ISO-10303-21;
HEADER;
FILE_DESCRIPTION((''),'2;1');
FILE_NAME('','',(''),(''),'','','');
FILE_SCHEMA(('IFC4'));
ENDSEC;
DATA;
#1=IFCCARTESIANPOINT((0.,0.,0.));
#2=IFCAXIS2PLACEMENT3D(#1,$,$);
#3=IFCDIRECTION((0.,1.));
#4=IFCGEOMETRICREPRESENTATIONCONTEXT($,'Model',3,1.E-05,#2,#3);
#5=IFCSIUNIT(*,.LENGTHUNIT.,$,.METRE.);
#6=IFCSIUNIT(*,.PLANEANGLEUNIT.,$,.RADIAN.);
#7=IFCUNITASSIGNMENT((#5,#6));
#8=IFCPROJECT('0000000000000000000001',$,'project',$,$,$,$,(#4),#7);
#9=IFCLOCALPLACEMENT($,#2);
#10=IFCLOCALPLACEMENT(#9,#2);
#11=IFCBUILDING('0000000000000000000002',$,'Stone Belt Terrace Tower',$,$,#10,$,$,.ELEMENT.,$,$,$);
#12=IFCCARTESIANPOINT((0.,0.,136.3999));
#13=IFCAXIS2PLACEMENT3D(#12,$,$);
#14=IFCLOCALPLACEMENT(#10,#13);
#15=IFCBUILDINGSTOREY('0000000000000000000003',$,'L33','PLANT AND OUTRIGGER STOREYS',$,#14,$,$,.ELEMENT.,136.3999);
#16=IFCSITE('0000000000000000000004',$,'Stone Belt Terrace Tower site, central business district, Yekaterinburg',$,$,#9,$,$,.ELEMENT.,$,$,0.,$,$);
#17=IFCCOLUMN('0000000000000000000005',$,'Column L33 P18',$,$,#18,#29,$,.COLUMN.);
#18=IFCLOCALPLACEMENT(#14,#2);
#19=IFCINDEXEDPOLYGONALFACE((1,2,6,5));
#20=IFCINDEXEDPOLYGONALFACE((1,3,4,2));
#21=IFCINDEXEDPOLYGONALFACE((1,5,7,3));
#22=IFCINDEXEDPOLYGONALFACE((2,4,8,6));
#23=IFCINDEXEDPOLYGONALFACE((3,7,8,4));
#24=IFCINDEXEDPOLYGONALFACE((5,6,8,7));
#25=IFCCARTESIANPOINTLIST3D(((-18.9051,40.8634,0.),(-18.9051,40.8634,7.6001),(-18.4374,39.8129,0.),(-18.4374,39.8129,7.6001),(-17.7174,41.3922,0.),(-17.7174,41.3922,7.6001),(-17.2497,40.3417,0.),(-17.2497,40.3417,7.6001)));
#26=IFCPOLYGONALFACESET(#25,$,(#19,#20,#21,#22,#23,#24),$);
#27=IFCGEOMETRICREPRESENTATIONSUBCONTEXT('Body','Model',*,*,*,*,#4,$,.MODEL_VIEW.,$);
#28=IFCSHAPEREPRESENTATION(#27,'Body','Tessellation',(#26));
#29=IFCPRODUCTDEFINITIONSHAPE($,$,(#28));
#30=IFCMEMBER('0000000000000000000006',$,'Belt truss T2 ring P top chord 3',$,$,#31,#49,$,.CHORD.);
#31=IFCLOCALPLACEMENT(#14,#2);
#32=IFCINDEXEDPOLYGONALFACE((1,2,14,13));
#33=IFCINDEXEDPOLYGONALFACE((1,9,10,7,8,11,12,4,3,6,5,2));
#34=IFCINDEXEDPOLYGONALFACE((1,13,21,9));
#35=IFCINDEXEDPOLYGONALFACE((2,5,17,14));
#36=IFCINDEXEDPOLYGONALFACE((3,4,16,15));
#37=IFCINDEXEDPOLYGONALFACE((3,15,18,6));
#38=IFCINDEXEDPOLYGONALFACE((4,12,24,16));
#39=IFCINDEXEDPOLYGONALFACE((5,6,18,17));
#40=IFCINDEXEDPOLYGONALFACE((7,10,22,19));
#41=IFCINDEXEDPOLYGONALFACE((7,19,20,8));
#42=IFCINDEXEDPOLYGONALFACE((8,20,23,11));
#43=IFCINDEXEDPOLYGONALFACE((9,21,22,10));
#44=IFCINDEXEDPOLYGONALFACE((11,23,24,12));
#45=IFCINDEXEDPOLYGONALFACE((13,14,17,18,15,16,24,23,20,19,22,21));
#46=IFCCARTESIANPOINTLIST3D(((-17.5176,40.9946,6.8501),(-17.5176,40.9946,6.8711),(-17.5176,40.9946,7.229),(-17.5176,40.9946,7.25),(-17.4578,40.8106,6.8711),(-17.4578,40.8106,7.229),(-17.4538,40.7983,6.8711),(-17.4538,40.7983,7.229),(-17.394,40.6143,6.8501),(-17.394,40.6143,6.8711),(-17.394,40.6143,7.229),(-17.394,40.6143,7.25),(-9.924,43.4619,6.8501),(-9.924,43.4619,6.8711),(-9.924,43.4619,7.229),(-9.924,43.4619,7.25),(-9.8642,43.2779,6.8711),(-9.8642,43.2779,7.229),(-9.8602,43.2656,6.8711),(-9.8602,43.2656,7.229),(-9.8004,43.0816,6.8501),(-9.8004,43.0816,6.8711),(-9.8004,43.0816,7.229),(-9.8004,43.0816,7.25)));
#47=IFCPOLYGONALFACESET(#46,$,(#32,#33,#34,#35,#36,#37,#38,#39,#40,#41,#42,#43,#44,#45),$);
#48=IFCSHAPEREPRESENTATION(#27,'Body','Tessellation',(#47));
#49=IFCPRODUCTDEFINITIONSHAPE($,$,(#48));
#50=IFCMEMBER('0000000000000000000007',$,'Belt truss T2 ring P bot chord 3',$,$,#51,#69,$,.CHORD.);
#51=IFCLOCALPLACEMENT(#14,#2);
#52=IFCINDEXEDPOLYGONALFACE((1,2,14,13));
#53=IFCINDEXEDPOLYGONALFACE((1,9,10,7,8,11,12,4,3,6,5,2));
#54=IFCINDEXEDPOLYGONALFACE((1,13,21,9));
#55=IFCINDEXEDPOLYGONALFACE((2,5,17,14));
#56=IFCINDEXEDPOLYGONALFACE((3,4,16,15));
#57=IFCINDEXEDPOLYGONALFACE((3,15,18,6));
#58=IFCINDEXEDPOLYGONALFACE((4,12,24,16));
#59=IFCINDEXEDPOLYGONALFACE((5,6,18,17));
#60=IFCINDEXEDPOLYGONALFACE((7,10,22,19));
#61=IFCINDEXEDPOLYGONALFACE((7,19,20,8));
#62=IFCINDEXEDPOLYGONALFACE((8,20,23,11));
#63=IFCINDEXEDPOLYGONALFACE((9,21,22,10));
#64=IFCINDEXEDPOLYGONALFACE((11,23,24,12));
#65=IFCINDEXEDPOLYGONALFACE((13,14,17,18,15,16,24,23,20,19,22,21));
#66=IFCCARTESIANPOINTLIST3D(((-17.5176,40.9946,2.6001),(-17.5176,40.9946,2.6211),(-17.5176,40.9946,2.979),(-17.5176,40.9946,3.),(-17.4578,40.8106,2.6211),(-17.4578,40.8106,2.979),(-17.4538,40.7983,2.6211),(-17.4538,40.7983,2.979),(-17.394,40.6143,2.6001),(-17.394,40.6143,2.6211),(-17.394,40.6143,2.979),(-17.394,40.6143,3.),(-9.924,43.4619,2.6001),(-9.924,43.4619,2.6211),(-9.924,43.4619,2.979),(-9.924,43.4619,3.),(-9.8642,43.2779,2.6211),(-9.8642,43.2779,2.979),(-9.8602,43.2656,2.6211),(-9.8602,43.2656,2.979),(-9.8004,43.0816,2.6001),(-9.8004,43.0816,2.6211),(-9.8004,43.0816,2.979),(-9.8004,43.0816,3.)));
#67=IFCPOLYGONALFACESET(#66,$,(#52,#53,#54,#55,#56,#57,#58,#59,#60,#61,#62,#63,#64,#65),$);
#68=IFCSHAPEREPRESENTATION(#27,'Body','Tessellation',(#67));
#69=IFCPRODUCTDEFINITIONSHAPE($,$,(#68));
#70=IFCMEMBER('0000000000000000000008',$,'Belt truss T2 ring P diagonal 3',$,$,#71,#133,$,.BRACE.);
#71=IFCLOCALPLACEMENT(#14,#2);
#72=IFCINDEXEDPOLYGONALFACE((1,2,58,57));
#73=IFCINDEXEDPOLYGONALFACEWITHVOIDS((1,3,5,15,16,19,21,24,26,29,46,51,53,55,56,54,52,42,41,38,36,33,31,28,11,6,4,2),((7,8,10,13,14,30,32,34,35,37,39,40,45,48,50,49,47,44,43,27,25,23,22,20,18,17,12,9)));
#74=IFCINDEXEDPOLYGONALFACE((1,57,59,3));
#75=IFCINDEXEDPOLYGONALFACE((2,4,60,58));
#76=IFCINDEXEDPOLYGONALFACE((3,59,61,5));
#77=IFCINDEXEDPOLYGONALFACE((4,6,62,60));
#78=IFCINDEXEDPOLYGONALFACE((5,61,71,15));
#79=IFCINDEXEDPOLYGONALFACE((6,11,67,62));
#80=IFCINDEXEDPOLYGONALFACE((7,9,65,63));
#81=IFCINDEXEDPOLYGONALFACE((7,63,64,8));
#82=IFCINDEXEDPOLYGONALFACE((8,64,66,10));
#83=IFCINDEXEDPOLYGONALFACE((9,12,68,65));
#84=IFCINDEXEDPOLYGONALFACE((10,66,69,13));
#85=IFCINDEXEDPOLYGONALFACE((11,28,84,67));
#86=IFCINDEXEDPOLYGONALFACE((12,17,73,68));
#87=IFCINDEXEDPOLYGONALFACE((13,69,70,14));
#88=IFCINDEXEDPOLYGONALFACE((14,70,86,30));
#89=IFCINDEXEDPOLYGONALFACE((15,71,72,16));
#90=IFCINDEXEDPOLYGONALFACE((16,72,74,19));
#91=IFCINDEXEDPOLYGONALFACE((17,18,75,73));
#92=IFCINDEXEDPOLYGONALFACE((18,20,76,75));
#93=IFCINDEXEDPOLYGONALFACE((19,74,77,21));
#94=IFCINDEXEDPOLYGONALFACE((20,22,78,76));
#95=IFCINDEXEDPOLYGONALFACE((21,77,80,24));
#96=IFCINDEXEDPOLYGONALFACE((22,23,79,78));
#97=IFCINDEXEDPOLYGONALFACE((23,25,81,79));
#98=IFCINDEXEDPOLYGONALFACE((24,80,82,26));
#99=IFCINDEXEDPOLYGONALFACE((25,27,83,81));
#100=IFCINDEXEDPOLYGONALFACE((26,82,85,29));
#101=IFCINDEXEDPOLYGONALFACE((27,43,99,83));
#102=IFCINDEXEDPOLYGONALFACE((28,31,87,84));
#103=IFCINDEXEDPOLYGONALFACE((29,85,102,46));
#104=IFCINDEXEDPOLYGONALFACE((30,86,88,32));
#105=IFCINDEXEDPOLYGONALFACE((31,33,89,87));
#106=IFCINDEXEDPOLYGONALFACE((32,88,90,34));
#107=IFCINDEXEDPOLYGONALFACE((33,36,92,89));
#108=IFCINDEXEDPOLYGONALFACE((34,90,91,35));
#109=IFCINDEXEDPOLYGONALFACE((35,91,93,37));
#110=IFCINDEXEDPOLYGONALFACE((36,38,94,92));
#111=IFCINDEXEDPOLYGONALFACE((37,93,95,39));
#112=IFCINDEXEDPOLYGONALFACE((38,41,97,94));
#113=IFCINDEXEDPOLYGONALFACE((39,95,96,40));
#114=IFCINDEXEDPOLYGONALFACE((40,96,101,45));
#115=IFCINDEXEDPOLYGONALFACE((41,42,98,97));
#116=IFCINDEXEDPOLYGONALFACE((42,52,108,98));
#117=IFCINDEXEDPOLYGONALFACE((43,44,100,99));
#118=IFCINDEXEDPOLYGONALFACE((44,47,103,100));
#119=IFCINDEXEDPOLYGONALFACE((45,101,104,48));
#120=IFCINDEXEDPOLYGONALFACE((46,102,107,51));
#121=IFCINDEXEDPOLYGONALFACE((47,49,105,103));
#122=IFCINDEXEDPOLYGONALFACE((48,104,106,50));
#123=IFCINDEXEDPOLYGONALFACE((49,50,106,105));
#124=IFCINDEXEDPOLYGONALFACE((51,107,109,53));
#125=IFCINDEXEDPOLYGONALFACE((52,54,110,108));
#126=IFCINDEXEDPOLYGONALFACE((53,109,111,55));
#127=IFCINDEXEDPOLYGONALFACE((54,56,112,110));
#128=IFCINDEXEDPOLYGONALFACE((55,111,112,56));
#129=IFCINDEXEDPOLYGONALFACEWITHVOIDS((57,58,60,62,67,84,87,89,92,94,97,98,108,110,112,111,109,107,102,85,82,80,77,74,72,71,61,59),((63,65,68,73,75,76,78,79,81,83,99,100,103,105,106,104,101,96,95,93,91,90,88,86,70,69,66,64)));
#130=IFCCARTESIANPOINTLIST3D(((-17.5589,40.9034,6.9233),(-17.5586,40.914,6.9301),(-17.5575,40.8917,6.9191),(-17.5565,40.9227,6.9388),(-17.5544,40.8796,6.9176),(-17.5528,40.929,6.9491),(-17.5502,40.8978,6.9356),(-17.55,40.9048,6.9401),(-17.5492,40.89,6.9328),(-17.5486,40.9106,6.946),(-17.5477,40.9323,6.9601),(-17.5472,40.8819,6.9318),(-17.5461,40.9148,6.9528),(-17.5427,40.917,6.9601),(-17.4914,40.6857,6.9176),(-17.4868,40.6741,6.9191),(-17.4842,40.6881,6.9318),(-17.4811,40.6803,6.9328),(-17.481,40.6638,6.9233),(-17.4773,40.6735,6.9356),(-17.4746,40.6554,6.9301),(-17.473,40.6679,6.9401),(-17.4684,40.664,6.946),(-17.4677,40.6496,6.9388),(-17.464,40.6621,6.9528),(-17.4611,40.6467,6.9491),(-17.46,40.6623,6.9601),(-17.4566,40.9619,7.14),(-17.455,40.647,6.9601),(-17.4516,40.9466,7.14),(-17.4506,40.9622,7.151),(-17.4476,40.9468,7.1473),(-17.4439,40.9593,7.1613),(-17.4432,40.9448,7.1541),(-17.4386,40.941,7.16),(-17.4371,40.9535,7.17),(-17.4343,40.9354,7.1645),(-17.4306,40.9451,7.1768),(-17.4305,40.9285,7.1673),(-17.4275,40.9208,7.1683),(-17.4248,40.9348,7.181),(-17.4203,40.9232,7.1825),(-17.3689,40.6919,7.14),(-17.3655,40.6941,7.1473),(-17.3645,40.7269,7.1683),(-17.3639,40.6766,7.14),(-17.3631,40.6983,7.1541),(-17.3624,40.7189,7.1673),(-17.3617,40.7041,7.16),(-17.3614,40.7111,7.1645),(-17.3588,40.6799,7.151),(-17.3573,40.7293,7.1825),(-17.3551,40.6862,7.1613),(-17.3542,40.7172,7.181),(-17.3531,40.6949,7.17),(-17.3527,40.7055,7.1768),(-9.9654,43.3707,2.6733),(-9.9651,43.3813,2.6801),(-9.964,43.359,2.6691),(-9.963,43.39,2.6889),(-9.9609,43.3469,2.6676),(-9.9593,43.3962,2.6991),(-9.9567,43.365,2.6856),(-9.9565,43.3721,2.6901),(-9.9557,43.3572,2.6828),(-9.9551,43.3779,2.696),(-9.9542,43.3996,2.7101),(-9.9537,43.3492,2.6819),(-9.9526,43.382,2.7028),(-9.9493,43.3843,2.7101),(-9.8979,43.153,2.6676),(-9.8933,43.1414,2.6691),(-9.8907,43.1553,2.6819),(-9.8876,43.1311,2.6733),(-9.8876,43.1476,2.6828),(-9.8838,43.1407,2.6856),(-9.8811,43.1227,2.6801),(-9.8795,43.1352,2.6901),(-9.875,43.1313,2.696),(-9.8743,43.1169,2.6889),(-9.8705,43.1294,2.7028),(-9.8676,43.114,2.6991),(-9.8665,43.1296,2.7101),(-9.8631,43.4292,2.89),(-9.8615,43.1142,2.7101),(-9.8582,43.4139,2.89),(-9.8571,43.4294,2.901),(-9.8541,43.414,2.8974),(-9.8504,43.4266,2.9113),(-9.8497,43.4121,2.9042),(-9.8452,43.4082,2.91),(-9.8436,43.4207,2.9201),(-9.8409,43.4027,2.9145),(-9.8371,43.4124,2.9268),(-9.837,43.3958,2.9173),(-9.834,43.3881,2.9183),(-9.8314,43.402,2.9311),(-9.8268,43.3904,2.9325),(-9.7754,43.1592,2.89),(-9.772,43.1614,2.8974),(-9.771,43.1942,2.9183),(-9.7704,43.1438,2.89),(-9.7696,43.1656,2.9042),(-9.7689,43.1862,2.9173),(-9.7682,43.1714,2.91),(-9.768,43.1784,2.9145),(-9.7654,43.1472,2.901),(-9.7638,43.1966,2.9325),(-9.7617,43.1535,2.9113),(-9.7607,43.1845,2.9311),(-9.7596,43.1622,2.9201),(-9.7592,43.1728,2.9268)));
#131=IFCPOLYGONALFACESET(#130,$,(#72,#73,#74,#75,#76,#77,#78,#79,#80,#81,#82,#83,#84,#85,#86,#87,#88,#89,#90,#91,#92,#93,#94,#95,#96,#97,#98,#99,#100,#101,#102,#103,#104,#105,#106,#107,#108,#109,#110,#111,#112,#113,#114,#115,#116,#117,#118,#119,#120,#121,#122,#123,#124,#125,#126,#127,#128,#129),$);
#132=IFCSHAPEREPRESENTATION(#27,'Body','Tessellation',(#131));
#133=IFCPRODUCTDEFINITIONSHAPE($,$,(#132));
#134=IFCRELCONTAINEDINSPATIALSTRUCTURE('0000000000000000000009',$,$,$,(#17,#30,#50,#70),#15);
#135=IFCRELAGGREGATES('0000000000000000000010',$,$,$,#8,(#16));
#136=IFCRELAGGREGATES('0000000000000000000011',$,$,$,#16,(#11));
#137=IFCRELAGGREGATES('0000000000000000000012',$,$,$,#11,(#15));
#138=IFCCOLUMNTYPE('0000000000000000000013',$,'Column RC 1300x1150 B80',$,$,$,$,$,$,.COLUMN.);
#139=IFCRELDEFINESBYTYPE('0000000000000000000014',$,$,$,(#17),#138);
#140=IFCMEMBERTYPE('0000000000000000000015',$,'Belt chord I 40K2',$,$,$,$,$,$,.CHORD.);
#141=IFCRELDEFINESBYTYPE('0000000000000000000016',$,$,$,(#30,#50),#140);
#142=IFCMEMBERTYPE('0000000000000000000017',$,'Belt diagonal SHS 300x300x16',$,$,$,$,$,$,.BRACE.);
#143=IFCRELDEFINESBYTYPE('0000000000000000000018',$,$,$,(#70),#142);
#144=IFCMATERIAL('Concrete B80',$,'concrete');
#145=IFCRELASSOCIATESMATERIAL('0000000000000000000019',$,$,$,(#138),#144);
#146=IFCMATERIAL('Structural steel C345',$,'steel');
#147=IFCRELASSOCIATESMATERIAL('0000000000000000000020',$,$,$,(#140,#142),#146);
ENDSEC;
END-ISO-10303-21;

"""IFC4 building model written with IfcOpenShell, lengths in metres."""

from ifc_helpers import new_model, si_unit, direction, frame, origin, origin_2d, place, context, subcontext, project, spatial, rectangle, hollow_rectangle, i_section, extrude, material, material_profile, profile_set, type_object, element, save


model = new_model("IFC4")

# Units and contexts
model_context = context("Model", 3, precision=1e-05, world=origin(), true_north=direction((0.0, 1.0)))
body_context = subcontext(model_context, "Body", "Model", "MODEL_VIEW")
ifc_project = project(units=[si_unit("LENGTHUNIT", "METRE"), si_unit("PLANEANGLEUNIT", "RADIAN")], contexts=[model_context])

# Site, building, storey
site_placement = place(None, origin())
site = spatial("IfcSite", under=ifc_project, at=site_placement, Name="Stone Belt Terrace Tower site, central business district, Yekaterinburg", CompositionType="ELEMENT", RefElevation=0.0)
building_placement = place(site_placement, origin())
building = spatial("IfcBuilding", under=site, at=building_placement, Name="Stone Belt Terrace Tower", CompositionType="ELEMENT")
storey_placement = place(building_placement, frame((0.0, 0.0, 136.3999)))
storey = spatial("IfcBuildingStorey", under=building, at=storey_placement, Name="L33", Description="PLANT AND OUTRIGGER STOREYS", CompositionType="ELEMENT", Elevation=136.3999)

# Column
ifc_material_1 = material(Name="Concrete B80", Category="concrete")
ifc_material_profile_1 = material_profile(ifc_material_1, rectangle(XDim=1.3, YDim=1.1499, at=origin_2d()), Name="RC 1300x1150")
ifc_profile_set_1 = profile_set([ifc_material_profile_1], Name="Concrete B80")
column_type = type_object("IfcColumnType", Name="Column RC 1300x1150 B80", PredefinedType="COLUMN", material=ifc_profile_set_1)
column_placement = place(storey_placement, frame((-18.0774, 40.6025, 0.0), z_axis=(0.0, 0.0, 1.0), x_axis=(0.913545, 0.406737, 0.0)))
element("IfcColumn", 1, at=column_placement, inside=storey, type_object=column_type, Name="Column L33 P18", PredefinedType="COLUMN", context=body_context, shape_type="SweptSolid", body=[
    extrude(rectangle(XDim=1.3, YDim=1.1499, at=origin_2d()), origin(), (0.0, 0.0, 1.0), 7.6001),
])

# Members
ifc_material_2 = material(Name="Structural steel C345", Category="steel")
ifc_material_profile_2 = material_profile(ifc_material_2, i_section(OverallWidth=0.3999, OverallDepth=0.3999, WebThickness=0.0129, FlangeThickness=0.021, at=origin_2d()), Name="I 40K2")
ifc_profile_set_2 = profile_set([ifc_material_profile_2], Name="Structural steel C345")
member_type_1 = type_object("IfcMemberType", Name="Belt chord I 40K2", PredefinedType="CHORD", material=ifc_profile_set_2)
for number, where, z_axis, x_axis, name in (
    (2, (-17.4558, 40.8044, 7.05), (0.951056, 0.309018, 0.0), (-0.309018, 0.951056, 0.0), "Belt truss T2 ring P top chord 3"),
    (3, (-17.4558, 40.8044, 2.8), (0.951056, 0.309018, 0.0), (-0.309018, 0.951056, 0.0), "Belt truss T2 ring P bot chord 3"),
):
    element("IfcMember", number, at=place(storey_placement, frame(where, z_axis=z_axis, x_axis=x_axis)), inside=storey, type_object=member_type_1, Name=name, PredefinedType="CHORD", context=body_context, shape_type="SweptSolid", body=[
        extrude(i_section(OverallWidth=0.3999, OverallDepth=0.3999, WebThickness=0.0129, FlangeThickness=0.021, at=origin_2d()), origin(), (0.0, 0.0, 1.0), 7.9844),
    ])
ifc_material_profile_3 = material_profile(ifc_material_2, hollow_rectangle(XDim=0.3, YDim=0.3, WallThickness=0.0161, InnerFilletRadius=0.032, OuterFilletRadius=0.0481, at=origin_2d()), Name="SHS 300x300x16")
ifc_profile_set_3 = profile_set([ifc_material_profile_3], Name="Structural steel C345")
member_type_2 = type_object("IfcMemberType", Name="Belt diagonal SHS 300x300x16", PredefinedType="BRACE", material=ifc_profile_set_3)
member_1_placement = place(storey_placement, frame((-17.4558, 40.8044, 7.05), z_axis=(0.839529, 0.27278, -0.469875), x_axis=(-0.309018, 0.951056, 0.0)))
element("IfcMember", 4, at=member_1_placement, inside=storey, type_object=member_type_2, Name="Belt truss T2 ring P diagonal 3", PredefinedType="BRACE", context=body_context, shape_type="SweptSolid", body=[
    extrude(hollow_rectangle(XDim=0.3, YDim=0.3, WallThickness=0.0161, InnerFilletRadius=0.032, OuterFilletRadius=0.0481, at=origin_2d()), origin(), (0.0, 0.0, 1.0), 9.0449),
])

save(model, "model.ifc")
